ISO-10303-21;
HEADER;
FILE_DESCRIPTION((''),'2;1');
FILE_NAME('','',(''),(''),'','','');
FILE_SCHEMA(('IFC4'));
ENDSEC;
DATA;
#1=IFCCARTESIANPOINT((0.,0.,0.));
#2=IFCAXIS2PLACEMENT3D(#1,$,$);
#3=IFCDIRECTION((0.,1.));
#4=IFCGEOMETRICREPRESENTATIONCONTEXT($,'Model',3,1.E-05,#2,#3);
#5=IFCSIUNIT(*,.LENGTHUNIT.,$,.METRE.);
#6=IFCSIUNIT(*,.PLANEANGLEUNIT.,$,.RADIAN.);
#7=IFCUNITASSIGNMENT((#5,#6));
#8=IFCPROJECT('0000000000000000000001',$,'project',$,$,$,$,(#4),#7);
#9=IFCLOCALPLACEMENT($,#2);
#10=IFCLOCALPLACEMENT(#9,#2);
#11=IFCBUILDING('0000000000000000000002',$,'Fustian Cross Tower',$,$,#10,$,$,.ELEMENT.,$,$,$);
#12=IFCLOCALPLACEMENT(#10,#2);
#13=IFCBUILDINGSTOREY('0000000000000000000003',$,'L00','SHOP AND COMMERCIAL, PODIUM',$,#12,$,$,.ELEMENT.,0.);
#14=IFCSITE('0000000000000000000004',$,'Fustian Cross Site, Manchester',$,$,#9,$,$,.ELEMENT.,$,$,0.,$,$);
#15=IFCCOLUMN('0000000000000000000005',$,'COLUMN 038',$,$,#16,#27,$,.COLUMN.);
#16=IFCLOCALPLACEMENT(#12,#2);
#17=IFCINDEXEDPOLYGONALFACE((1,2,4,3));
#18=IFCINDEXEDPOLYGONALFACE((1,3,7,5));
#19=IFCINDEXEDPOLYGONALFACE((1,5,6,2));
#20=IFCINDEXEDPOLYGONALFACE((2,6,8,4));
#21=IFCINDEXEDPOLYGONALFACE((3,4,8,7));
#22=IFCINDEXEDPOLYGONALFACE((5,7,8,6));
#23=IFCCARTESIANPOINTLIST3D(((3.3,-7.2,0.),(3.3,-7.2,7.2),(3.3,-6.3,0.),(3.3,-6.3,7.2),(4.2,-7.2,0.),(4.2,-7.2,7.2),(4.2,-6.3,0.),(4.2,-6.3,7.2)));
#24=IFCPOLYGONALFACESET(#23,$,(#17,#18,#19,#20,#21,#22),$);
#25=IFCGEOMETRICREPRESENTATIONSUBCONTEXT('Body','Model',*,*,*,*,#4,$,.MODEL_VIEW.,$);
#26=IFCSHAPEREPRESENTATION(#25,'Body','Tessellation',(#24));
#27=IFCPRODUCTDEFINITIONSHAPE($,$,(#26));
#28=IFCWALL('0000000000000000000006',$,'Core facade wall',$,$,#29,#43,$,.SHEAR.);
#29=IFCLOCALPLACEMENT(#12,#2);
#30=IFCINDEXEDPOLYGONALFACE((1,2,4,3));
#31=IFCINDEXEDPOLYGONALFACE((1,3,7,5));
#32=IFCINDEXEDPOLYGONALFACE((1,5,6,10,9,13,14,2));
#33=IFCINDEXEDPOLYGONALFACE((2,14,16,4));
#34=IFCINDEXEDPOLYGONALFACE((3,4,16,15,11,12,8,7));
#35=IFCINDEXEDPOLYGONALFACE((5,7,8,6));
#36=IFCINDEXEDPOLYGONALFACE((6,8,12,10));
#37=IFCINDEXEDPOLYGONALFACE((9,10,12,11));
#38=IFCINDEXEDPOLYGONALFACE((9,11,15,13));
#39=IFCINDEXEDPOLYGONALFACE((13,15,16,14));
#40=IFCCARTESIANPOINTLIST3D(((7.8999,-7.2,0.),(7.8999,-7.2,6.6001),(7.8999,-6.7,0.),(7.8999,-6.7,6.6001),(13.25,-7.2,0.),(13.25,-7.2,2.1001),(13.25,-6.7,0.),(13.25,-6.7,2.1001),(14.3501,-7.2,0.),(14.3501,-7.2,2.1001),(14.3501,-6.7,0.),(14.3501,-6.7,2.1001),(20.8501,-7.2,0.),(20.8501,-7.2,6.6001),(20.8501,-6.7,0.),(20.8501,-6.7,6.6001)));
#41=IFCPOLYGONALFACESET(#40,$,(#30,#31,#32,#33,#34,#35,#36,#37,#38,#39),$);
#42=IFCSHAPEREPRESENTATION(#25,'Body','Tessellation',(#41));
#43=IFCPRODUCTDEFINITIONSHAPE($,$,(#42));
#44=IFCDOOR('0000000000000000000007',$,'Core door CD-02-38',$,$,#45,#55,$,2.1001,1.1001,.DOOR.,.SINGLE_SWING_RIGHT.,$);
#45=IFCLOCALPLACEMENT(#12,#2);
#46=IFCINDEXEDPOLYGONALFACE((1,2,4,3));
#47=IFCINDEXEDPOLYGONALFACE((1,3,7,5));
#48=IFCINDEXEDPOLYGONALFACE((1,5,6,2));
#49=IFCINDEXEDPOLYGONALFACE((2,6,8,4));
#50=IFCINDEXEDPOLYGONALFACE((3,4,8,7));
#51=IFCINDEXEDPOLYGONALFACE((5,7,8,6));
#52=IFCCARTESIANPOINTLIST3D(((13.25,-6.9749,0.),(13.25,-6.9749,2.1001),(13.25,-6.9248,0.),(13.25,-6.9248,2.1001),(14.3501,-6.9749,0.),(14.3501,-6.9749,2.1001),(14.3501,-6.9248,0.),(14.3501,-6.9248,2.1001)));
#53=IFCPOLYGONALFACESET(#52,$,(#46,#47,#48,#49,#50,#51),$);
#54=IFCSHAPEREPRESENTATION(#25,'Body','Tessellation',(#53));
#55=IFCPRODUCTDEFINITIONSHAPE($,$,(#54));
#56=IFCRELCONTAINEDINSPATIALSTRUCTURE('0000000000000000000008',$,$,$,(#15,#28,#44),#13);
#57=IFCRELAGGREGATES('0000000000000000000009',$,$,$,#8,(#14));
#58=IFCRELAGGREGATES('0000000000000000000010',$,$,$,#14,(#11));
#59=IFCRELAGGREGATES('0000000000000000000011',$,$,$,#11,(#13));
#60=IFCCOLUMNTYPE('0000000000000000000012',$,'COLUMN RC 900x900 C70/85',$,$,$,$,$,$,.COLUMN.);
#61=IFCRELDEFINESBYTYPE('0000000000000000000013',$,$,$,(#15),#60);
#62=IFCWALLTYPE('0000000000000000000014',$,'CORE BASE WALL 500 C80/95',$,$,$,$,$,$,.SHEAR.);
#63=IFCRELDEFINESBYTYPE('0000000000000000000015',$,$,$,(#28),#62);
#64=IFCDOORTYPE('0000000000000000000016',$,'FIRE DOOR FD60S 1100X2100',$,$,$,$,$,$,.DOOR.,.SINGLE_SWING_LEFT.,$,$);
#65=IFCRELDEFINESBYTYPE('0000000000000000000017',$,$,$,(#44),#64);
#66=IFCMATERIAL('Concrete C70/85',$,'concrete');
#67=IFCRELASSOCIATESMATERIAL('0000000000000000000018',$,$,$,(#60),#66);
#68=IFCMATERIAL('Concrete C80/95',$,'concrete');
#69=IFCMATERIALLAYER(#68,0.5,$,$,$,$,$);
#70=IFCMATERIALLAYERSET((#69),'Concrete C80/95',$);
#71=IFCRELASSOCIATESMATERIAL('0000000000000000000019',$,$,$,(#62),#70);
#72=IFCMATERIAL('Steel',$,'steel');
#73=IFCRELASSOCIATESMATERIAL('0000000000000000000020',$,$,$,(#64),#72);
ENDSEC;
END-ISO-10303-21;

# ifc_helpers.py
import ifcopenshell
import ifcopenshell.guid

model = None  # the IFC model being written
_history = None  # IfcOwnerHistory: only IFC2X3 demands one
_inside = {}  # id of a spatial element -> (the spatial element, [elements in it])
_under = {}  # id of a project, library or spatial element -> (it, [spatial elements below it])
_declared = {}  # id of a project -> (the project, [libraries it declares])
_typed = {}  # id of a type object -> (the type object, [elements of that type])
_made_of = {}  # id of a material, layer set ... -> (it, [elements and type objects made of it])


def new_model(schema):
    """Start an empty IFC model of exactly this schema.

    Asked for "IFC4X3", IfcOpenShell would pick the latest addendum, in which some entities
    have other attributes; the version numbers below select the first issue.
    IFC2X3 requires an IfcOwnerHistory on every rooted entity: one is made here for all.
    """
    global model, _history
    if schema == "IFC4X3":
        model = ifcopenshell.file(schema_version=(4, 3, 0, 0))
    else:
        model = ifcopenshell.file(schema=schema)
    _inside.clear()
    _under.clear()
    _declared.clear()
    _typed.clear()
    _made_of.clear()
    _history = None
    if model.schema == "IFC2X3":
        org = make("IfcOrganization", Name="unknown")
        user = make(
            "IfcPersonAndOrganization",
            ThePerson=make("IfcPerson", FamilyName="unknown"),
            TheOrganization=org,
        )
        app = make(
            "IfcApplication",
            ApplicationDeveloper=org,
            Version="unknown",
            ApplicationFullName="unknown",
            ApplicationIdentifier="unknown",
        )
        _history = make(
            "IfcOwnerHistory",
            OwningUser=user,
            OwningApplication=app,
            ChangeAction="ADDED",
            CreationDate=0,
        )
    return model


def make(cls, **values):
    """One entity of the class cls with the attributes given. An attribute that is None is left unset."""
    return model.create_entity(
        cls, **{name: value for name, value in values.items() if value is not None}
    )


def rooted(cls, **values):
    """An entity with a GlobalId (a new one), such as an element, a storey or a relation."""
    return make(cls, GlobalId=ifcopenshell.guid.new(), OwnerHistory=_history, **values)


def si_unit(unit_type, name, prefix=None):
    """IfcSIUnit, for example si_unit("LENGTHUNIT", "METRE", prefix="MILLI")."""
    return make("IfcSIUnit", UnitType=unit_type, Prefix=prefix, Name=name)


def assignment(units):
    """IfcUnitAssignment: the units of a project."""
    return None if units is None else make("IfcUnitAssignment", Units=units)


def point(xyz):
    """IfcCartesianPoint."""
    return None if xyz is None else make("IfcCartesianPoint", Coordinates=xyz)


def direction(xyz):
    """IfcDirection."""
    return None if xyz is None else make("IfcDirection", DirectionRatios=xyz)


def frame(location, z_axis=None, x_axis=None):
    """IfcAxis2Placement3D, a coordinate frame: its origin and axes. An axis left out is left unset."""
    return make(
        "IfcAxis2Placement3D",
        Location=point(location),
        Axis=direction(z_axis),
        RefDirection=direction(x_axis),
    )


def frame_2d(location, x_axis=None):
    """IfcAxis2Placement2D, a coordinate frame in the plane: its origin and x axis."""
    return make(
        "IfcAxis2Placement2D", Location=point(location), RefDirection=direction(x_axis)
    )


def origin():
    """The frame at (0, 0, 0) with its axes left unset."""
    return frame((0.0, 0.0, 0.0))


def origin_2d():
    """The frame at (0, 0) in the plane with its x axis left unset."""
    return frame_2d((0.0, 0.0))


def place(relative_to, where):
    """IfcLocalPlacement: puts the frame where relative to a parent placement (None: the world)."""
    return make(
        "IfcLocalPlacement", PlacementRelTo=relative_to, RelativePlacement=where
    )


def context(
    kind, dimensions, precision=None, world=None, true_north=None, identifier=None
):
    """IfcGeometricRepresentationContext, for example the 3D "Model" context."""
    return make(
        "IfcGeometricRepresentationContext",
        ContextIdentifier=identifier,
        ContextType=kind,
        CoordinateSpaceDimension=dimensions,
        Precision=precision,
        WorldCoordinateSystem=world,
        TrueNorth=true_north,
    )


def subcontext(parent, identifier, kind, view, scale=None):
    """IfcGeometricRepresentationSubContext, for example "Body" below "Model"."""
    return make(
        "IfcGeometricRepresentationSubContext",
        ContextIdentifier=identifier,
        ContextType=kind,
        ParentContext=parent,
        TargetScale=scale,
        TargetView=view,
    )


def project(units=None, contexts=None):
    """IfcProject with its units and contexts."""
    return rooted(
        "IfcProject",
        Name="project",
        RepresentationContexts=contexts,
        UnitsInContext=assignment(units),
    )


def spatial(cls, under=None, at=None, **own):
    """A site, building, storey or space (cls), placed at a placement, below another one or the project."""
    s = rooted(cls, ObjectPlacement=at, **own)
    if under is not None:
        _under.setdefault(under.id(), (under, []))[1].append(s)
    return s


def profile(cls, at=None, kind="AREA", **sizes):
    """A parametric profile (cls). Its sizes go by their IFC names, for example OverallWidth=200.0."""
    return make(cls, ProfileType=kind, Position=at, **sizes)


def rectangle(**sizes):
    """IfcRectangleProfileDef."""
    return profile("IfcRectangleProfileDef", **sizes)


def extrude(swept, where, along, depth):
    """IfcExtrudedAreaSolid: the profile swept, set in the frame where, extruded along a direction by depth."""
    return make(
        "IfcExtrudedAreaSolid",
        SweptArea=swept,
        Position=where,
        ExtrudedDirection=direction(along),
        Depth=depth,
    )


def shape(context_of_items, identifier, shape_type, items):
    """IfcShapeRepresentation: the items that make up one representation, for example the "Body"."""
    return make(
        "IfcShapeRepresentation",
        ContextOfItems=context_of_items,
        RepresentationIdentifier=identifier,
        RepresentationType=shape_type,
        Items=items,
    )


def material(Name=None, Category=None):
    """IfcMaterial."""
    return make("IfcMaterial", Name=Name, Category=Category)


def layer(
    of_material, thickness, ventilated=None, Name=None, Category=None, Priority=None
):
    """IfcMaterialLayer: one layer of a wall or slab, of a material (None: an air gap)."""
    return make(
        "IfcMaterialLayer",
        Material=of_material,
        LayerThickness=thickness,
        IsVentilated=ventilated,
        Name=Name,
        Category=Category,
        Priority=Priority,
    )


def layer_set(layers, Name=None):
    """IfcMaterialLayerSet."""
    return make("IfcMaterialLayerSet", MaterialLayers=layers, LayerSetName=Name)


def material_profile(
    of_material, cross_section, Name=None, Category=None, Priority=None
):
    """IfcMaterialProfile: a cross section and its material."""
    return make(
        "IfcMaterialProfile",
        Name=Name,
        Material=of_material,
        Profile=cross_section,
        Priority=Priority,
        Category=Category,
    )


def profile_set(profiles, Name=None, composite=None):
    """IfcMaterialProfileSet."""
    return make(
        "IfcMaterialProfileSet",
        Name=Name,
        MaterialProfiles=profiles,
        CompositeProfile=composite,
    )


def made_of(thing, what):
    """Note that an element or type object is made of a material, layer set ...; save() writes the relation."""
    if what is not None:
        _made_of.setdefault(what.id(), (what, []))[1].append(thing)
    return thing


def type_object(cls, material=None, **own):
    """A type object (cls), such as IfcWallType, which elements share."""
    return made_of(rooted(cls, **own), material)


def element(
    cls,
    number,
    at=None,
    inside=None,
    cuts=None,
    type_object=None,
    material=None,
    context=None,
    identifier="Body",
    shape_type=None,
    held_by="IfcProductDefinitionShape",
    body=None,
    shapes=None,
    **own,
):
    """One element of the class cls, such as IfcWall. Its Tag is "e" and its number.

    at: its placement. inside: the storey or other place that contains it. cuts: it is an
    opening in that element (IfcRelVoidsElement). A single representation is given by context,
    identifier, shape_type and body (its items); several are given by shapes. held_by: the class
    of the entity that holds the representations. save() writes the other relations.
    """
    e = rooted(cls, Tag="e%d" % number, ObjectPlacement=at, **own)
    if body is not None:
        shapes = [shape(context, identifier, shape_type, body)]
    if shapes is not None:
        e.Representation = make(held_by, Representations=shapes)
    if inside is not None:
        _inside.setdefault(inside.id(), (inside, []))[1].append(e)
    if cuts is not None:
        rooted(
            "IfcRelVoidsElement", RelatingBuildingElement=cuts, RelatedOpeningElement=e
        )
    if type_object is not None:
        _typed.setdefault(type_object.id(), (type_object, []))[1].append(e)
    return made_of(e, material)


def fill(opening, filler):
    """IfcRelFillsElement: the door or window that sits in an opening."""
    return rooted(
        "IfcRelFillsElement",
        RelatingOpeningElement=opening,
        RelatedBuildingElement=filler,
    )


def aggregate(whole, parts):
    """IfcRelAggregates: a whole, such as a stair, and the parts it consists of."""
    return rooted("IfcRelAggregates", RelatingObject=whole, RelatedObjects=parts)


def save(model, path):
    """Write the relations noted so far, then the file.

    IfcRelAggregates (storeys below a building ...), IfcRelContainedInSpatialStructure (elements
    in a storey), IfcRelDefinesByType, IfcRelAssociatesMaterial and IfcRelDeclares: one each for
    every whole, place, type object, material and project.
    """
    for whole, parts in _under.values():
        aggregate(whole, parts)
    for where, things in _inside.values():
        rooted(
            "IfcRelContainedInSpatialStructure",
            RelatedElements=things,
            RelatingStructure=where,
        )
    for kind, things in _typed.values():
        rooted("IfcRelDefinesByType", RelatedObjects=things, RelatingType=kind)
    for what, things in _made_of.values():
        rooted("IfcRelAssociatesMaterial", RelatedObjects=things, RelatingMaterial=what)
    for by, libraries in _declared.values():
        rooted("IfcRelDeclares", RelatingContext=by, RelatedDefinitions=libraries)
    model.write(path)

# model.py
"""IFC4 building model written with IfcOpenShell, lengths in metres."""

from ifc_helpers import new_model, si_unit, direction, frame, frame_2d, origin, origin_2d, place, context, subcontext, project, spatial, rectangle, extrude, material, layer, layer_set, material_profile, profile_set, type_object, element, fill, save


model = new_model("IFC4")

# Units and contexts
model_context = context("Model", 3, precision=1e-05, world=origin(), true_north=direction((0.0, 1.0)))
body_context = subcontext(model_context, "Body", "Model", "MODEL_VIEW")
ifc_project = project(units=[si_unit("LENGTHUNIT", "METRE"), si_unit("PLANEANGLEUNIT", "RADIAN")], contexts=[model_context])

# Site, building, storey
site_placement = place(None, origin())
site = spatial("IfcSite", under=ifc_project, at=site_placement, Name="Fustian Cross Site, Manchester", CompositionType="ELEMENT", RefElevation=0.0)
building_placement = place(site_placement, origin())
building = spatial("IfcBuilding", under=site, at=building_placement, Name="Fustian Cross Tower", CompositionType="ELEMENT")
storey_placement = place(building_placement, origin())
storey = spatial("IfcBuildingStorey", under=building, at=storey_placement, Name="L00", Description="SHOP AND COMMERCIAL, PODIUM", CompositionType="ELEMENT", Elevation=0.0)

# Column
ifc_material_1 = material(Name="Concrete C70/85", Category="concrete")
ifc_material_profile = material_profile(ifc_material_1, rectangle(XDim=0.8999, YDim=0.8999, at=origin_2d()), Name="RC 900x900")
ifc_profile_set = profile_set([ifc_material_profile], Name="Concrete C70/85")
column_type = type_object("IfcColumnType", Name="COLUMN RC 900x900 C70/85", PredefinedType="COLUMN", material=ifc_profile_set)
column_placement = place(storey_placement, frame((3.75, -6.75, 0.0), z_axis=(0.0, 0.0, 1.0), x_axis=(1.0, 0.0, 0.0)))
element("IfcColumn", 1, at=column_placement, inside=storey, type_object=column_type, Name="COLUMN 038", PredefinedType="COLUMN", context=body_context, shape_type="SweptSolid", body=[
    extrude(rectangle(XDim=0.8999, YDim=0.8999, at=origin_2d()), origin(), (0.0, 0.0, 1.0), 7.2),
])

# Wall, opening, door
ifc_material_2 = material(Name="Concrete C80/95", Category="concrete")
ifc_layer_1 = layer(ifc_material_2, 0.5)
ifc_layer_set_1 = layer_set([ifc_layer_1], Name="Concrete C80/95")
wall_type_1 = type_object("IfcWallType", Name="CORE BASE WALL 500 C80/95", PredefinedType="SHEAR", material=ifc_layer_set_1)
wall_1_placement = place(storey_placement, frame((7.8999, -6.95, 0.0), z_axis=(0.0, 0.0, 1.0), x_axis=(1.0, 0.0, 0.0)))
wall_1 = element("IfcWall", 2, at=wall_1_placement, inside=storey, type_object=wall_type_1, Name="Core facade wall", PredefinedType="SHEAR", context=body_context, shape_type="SweptSolid", body=[
    extrude(rectangle(XDim=12.9502, YDim=0.5, at=frame_2d((6.4751, 0.0))), origin(), (0.0, 0.0, 1.0), 6.6001),
])
opening_1_placement = place(wall_1_placement, frame((5.3501, 0.0, 0.0)))
opening_1 = element("IfcOpeningElement", 3, at=opening_1_placement, cuts=wall_1, PredefinedType="OPENING", context=body_context, shape_type="SweptSolid", body=[
    extrude(rectangle(XDim=1.1001, YDim=2.1001, at=frame_2d((0.55, 1.05))), frame((0.0, 0.26, 0.0), z_axis=(0.0, -1.0, 0.0), x_axis=(1.0, 0.0, 0.0)), (0.0, 0.0, 1.0), 0.52),
])
ifc_material_3 = material(Name="Steel", Category="steel")
door_type_1 = type_object("IfcDoorType", Name="FIRE DOOR FD60S 1100X2100", OperationType="SINGLE_SWING_LEFT", PredefinedType="DOOR", material=ifc_material_3)
door_1_placement = place(opening_1_placement, frame((1.1001, 0.0, 0.0), z_axis=(0.0, 0.0, 1.0), x_axis=(-1.0, 0.0, 0.0)))
door_1 = element("IfcDoor", 4, at=door_1_placement, inside=storey, type_object=door_type_1, Name="Core door CD-02-38", OperationType="SINGLE_SWING_RIGHT", OverallHeight=2.1001, OverallWidth=1.1001, PredefinedType="DOOR", context=body_context, shape_type="SweptSolid", body=[
    extrude(rectangle(XDim=1.1001, YDim=2.1001, at=frame_2d((0.55, 1.05))), frame((0.0, 0.0249, 0.0), z_axis=(0.0, -1.0, 0.0), x_axis=(1.0, 0.0, 0.0)), (0.0, 0.0, 1.0), 0.05),
])
fill(opening_1, door_1)

save(model, "model.ifc")
